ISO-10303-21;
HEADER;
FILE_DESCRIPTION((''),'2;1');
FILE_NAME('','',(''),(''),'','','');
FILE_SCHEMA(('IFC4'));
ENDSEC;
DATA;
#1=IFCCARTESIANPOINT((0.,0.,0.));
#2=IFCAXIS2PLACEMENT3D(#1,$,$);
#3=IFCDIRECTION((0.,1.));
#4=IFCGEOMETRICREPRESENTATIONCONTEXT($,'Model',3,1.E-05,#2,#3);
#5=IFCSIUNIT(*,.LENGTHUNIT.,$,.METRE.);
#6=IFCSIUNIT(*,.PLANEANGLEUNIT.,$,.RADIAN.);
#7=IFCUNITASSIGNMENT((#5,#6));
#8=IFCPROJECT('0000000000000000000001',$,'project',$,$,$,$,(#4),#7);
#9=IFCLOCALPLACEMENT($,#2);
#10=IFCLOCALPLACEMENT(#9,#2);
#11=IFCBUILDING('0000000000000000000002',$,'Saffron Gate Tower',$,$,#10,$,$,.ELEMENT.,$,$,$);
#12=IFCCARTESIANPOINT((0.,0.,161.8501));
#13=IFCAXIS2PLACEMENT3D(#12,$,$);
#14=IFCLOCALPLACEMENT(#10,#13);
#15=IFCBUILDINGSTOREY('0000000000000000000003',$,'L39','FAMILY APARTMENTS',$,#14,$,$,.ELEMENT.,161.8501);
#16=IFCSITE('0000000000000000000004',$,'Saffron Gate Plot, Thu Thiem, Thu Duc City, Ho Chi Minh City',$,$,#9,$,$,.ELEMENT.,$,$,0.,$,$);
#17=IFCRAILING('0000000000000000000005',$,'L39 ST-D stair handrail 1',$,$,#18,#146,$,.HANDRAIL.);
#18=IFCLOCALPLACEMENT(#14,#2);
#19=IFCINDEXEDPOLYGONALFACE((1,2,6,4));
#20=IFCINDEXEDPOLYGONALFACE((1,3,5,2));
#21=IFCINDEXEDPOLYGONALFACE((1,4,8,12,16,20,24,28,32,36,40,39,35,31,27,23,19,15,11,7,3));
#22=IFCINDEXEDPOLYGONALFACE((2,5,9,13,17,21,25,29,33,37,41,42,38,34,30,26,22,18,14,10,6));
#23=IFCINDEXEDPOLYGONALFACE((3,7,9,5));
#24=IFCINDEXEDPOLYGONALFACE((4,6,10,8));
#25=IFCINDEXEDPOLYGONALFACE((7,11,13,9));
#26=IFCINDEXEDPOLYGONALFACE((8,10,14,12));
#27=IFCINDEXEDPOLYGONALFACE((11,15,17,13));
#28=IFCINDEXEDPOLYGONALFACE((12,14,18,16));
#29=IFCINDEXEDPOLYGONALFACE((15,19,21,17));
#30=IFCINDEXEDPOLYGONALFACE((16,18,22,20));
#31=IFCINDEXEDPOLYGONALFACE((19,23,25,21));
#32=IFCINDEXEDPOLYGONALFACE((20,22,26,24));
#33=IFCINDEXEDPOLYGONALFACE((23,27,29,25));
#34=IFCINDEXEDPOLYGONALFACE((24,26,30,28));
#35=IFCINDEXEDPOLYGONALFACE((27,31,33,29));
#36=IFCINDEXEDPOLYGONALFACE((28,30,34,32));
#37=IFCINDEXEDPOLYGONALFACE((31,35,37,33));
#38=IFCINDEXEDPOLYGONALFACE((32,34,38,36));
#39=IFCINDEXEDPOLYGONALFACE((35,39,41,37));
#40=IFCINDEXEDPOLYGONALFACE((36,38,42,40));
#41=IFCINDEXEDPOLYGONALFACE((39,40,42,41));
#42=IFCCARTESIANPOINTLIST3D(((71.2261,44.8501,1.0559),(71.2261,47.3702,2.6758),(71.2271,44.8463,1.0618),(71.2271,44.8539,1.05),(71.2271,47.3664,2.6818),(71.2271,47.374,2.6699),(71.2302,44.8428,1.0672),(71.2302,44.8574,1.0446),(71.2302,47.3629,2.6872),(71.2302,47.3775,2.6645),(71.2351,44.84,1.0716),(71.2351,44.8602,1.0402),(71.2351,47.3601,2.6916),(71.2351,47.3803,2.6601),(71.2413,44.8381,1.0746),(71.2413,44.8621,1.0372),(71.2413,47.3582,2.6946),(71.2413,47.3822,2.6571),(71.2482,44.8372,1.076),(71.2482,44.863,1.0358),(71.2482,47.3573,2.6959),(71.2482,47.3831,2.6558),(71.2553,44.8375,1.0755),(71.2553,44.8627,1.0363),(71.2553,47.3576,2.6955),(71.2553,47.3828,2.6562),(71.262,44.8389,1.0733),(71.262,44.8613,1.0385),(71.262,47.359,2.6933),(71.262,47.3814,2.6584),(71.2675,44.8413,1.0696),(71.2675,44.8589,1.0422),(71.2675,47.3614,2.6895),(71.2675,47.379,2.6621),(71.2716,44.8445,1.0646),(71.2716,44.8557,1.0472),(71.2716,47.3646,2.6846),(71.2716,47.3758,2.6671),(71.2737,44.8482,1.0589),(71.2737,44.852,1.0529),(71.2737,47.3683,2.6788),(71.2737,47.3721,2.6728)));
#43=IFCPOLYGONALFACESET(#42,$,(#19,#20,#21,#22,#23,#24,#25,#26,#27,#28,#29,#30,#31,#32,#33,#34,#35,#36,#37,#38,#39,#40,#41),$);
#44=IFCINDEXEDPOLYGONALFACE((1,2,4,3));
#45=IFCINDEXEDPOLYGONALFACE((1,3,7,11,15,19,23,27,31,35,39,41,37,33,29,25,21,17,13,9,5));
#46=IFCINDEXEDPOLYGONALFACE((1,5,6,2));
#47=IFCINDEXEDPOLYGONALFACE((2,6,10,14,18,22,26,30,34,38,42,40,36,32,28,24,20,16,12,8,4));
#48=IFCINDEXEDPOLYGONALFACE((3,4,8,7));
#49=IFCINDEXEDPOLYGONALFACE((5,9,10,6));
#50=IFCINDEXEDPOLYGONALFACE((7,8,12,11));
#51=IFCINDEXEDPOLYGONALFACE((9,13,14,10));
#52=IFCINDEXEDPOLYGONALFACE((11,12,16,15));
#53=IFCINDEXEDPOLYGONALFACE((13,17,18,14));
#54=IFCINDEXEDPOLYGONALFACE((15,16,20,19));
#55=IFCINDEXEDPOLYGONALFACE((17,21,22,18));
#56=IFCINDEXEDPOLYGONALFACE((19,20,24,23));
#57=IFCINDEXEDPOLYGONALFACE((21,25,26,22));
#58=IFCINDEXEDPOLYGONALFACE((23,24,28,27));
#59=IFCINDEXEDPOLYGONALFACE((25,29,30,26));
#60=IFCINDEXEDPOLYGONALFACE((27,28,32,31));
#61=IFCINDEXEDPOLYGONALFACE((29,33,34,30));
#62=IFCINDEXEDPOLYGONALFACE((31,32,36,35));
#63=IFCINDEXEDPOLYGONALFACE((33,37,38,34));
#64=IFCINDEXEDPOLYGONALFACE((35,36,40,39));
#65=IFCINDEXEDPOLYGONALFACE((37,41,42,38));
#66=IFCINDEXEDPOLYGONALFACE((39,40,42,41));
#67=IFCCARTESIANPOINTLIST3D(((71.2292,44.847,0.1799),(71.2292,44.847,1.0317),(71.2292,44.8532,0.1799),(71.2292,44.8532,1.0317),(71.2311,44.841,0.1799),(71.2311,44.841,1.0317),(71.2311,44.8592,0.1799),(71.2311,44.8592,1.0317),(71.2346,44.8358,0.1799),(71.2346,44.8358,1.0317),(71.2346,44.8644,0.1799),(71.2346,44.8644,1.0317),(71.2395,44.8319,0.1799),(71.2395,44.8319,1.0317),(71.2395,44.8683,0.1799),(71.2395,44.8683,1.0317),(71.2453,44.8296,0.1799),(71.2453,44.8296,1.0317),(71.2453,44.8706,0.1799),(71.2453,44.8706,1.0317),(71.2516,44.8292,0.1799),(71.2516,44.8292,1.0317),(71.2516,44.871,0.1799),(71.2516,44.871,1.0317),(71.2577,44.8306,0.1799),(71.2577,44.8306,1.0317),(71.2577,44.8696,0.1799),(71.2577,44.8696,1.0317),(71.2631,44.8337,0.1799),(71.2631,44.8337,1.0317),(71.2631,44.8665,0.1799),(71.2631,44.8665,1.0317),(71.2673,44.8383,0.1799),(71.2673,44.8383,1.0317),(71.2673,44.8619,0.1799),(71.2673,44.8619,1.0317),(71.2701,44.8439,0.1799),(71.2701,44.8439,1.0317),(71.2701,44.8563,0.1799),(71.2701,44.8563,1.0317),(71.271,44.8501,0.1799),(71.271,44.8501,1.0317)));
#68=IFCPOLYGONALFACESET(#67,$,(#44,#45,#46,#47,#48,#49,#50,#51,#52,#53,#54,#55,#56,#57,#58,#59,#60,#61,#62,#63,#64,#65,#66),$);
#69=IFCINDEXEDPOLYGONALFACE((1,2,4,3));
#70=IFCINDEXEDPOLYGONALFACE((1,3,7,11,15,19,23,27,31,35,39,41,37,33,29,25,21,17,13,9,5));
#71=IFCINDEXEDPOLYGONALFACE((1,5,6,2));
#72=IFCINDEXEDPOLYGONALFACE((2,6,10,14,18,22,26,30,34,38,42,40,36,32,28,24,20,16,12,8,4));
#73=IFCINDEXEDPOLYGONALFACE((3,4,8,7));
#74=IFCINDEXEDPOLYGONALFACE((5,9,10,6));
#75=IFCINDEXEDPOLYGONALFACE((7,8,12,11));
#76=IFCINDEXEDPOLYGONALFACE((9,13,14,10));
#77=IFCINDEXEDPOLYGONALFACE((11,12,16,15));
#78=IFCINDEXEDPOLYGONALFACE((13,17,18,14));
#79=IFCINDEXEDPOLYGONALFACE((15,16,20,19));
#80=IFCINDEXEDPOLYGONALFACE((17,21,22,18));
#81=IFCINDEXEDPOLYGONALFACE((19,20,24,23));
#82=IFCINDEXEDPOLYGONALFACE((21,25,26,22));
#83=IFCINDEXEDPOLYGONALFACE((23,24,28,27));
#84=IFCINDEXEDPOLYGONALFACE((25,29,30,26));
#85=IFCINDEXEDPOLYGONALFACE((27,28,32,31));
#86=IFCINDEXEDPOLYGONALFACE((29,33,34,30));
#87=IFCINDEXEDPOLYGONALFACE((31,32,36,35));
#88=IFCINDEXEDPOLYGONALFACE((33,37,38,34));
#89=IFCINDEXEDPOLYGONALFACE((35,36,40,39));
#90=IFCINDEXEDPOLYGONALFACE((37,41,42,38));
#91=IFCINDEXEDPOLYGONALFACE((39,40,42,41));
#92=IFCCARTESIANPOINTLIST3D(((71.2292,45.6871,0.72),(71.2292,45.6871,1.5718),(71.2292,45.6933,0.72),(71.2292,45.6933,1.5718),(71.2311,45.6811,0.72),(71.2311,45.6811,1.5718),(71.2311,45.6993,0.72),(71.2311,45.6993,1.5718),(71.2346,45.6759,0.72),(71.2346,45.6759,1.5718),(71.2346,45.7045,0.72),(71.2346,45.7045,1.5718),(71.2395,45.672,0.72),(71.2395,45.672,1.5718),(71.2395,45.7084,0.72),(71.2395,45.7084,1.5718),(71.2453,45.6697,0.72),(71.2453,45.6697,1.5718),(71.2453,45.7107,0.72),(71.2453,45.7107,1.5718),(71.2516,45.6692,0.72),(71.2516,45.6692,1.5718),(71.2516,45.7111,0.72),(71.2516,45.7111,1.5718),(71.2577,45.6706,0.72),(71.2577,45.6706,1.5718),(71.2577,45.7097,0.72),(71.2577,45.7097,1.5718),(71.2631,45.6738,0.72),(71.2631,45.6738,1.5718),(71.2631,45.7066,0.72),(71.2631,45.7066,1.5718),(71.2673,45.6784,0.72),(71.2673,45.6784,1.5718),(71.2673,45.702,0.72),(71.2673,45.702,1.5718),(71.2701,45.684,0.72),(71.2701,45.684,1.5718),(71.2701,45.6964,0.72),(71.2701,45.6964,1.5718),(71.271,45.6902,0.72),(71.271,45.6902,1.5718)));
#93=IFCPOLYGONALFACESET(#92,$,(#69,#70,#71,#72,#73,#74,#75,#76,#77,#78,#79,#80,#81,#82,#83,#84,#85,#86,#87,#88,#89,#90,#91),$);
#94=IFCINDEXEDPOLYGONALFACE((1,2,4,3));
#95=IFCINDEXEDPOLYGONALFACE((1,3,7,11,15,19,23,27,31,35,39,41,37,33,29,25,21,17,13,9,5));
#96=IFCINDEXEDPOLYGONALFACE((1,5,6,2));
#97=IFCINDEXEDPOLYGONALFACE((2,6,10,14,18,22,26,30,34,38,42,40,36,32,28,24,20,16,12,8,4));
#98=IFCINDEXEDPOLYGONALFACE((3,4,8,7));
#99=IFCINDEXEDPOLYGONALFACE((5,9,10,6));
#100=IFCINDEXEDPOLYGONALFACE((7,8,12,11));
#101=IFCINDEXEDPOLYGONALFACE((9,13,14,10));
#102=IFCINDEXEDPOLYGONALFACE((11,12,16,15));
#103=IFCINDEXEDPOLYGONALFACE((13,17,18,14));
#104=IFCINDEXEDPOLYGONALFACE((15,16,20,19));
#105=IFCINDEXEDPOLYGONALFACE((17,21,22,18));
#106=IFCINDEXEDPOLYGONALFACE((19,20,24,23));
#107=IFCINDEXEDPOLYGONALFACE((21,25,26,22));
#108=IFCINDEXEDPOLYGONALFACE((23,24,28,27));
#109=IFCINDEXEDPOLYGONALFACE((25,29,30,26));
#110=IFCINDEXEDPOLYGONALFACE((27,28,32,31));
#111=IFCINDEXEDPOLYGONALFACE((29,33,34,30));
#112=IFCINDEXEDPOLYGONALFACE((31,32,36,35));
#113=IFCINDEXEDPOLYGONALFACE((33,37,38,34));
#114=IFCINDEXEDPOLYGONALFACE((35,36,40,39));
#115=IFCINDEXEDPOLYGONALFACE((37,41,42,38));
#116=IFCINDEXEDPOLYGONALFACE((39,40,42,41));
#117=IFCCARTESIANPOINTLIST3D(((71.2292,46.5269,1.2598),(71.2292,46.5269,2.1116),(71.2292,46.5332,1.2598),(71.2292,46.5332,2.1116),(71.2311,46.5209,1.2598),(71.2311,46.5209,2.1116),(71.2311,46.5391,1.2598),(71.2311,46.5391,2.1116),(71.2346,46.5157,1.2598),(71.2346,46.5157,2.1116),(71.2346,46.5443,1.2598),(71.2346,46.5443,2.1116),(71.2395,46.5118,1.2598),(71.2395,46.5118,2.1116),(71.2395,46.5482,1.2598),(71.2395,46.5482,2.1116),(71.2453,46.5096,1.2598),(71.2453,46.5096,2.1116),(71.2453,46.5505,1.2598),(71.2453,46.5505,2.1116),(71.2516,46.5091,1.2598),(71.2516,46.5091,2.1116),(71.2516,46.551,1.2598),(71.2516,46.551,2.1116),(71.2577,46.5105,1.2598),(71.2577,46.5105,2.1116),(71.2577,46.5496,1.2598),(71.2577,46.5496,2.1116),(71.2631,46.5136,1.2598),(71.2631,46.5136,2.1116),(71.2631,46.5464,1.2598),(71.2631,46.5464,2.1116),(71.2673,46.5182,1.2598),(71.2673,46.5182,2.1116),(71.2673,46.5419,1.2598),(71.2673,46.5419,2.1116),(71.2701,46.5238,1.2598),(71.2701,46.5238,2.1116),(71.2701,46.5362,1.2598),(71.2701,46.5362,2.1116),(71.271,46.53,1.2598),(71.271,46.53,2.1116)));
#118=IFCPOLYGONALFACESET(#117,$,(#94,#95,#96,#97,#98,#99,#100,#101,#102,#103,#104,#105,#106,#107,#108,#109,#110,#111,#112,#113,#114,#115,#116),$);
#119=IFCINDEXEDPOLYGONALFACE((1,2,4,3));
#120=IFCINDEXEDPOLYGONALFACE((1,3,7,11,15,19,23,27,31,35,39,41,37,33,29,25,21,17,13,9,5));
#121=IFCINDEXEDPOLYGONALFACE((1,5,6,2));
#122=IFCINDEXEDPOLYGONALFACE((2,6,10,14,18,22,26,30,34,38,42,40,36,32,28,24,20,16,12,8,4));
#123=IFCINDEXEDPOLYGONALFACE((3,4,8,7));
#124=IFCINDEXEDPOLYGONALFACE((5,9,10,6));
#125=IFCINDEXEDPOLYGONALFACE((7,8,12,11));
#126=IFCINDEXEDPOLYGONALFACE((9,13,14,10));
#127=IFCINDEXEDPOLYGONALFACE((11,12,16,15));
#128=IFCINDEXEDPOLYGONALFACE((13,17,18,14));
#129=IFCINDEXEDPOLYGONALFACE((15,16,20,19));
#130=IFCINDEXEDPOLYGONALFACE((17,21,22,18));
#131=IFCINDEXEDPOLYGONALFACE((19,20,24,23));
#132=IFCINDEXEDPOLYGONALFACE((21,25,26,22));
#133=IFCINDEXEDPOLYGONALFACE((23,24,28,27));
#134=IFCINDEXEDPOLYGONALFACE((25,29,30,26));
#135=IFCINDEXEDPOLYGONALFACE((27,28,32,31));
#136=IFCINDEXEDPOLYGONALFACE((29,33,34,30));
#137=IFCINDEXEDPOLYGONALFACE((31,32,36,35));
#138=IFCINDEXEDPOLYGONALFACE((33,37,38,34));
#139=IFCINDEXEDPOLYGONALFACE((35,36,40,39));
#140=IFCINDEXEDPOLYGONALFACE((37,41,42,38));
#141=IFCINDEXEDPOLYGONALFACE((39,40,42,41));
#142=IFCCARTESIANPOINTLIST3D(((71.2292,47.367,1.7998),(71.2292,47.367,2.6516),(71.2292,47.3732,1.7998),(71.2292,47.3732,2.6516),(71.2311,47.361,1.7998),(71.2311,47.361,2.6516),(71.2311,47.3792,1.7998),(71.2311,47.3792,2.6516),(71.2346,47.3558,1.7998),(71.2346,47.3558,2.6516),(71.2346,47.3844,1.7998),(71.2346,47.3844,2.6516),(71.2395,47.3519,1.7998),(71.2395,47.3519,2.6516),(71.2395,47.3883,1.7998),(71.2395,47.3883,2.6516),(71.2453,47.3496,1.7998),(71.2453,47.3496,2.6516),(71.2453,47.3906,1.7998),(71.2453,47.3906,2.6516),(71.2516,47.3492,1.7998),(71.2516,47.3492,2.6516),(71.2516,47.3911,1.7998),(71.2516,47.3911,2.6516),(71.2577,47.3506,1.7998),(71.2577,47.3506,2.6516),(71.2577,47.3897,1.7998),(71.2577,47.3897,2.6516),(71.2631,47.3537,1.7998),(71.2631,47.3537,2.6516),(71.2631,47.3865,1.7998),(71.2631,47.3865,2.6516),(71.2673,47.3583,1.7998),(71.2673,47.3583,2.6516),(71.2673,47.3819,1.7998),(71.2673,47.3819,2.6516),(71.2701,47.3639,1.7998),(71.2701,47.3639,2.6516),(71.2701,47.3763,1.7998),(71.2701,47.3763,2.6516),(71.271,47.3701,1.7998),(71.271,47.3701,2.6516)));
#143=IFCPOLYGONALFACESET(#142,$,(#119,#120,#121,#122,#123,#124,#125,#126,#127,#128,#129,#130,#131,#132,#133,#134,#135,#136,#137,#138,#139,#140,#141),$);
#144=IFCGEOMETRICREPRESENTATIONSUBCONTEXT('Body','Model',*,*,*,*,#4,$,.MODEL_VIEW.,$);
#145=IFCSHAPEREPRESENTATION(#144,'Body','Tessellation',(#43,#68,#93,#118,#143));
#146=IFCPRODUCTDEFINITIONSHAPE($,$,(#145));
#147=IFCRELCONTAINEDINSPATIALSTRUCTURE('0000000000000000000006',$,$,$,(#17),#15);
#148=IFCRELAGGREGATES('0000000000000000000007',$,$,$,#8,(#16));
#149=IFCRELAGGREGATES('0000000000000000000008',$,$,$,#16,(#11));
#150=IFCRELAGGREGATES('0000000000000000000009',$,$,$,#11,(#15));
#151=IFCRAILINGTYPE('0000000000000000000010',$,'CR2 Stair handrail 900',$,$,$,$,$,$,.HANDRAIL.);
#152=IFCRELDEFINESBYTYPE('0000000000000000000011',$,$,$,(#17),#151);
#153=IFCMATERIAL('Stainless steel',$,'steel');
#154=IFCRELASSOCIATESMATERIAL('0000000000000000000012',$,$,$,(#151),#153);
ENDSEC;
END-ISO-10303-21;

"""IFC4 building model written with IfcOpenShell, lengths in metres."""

from ifc_helpers import new_model, si_unit, direction, frame, origin, origin_2d, place, context, subcontext, project, spatial, circle, extrude, material, type_object, element, save


model = new_model("IFC4")

# Units and contexts
model_context = context("Model", 3, precision=1e-05, world=origin(), true_north=direction((0.0, 1.0)))
body_context = subcontext(model_context, "Body", "Model", "MODEL_VIEW")
ifc_project = project(units=[si_unit("LENGTHUNIT", "METRE"), si_unit("PLANEANGLEUNIT", "RADIAN")], contexts=[model_context])

# Site, building, storey
site_placement = place(None, origin())
site = spatial("IfcSite", under=ifc_project, at=site_placement, Name="Saffron Gate Plot, Thu Thiem, Thu Duc City, Ho Chi Minh City", CompositionType="ELEMENT", RefElevation=0.0)
building_placement = place(site_placement, origin())
building = spatial("IfcBuilding", under=site, at=building_placement, Name="Saffron Gate Tower", CompositionType="ELEMENT")
storey_placement = place(building_placement, frame((0.0, 0.0, 161.8501)))
storey = spatial("IfcBuildingStorey", under=building, at=storey_placement, Name="L39", Description="FAMILY APARTMENTS", CompositionType="ELEMENT", Elevation=161.8501)

# Railing
ifc_material_1 = material(Name="Stainless steel", Category="steel")
railing_type_1 = type_object("IfcRailingType", Name="CR2 Stair handrail 900", PredefinedType="HANDRAIL", material=ifc_material_1)
railing_1_placement = place(storey_placement, frame((71.25, 44.8501, 0.1799)))
element("IfcRailing", 1, at=railing_1_placement, inside=storey, type_object=railing_type_1, Name="L39 ST-D stair handrail 1", PredefinedType="HANDRAIL", context=body_context, shape_type="SweptSolid", body=[
    extrude(circle(Radius=0.0239, at=origin_2d()), frame((0.0, 0.0, 0.876), z_axis=(0.0, 0.8412, 0.540725), x_axis=(-1.0, 0.0, 0.0)), (0.0, 0.0, 1.0), 2.9958),
    extrude(circle(Radius=0.021, at=origin_2d()), origin(), (0.0, 0.0, 1.0), 0.8518),
    extrude(circle(Radius=0.021, at=origin_2d()), frame((0.0, 0.8401, 0.54)), (0.0, 0.0, 1.0), 0.8518),
    extrude(circle(Radius=0.021, at=origin_2d()), frame((0.0, 1.6799, 1.0798)), (0.0, 0.0, 1.0), 0.8518),
    extrude(circle(Radius=0.021, at=origin_2d()), frame((0.0, 2.52, 1.6199)), (0.0, 0.0, 1.0), 0.8518),
])

save(model, "model.ifc")
